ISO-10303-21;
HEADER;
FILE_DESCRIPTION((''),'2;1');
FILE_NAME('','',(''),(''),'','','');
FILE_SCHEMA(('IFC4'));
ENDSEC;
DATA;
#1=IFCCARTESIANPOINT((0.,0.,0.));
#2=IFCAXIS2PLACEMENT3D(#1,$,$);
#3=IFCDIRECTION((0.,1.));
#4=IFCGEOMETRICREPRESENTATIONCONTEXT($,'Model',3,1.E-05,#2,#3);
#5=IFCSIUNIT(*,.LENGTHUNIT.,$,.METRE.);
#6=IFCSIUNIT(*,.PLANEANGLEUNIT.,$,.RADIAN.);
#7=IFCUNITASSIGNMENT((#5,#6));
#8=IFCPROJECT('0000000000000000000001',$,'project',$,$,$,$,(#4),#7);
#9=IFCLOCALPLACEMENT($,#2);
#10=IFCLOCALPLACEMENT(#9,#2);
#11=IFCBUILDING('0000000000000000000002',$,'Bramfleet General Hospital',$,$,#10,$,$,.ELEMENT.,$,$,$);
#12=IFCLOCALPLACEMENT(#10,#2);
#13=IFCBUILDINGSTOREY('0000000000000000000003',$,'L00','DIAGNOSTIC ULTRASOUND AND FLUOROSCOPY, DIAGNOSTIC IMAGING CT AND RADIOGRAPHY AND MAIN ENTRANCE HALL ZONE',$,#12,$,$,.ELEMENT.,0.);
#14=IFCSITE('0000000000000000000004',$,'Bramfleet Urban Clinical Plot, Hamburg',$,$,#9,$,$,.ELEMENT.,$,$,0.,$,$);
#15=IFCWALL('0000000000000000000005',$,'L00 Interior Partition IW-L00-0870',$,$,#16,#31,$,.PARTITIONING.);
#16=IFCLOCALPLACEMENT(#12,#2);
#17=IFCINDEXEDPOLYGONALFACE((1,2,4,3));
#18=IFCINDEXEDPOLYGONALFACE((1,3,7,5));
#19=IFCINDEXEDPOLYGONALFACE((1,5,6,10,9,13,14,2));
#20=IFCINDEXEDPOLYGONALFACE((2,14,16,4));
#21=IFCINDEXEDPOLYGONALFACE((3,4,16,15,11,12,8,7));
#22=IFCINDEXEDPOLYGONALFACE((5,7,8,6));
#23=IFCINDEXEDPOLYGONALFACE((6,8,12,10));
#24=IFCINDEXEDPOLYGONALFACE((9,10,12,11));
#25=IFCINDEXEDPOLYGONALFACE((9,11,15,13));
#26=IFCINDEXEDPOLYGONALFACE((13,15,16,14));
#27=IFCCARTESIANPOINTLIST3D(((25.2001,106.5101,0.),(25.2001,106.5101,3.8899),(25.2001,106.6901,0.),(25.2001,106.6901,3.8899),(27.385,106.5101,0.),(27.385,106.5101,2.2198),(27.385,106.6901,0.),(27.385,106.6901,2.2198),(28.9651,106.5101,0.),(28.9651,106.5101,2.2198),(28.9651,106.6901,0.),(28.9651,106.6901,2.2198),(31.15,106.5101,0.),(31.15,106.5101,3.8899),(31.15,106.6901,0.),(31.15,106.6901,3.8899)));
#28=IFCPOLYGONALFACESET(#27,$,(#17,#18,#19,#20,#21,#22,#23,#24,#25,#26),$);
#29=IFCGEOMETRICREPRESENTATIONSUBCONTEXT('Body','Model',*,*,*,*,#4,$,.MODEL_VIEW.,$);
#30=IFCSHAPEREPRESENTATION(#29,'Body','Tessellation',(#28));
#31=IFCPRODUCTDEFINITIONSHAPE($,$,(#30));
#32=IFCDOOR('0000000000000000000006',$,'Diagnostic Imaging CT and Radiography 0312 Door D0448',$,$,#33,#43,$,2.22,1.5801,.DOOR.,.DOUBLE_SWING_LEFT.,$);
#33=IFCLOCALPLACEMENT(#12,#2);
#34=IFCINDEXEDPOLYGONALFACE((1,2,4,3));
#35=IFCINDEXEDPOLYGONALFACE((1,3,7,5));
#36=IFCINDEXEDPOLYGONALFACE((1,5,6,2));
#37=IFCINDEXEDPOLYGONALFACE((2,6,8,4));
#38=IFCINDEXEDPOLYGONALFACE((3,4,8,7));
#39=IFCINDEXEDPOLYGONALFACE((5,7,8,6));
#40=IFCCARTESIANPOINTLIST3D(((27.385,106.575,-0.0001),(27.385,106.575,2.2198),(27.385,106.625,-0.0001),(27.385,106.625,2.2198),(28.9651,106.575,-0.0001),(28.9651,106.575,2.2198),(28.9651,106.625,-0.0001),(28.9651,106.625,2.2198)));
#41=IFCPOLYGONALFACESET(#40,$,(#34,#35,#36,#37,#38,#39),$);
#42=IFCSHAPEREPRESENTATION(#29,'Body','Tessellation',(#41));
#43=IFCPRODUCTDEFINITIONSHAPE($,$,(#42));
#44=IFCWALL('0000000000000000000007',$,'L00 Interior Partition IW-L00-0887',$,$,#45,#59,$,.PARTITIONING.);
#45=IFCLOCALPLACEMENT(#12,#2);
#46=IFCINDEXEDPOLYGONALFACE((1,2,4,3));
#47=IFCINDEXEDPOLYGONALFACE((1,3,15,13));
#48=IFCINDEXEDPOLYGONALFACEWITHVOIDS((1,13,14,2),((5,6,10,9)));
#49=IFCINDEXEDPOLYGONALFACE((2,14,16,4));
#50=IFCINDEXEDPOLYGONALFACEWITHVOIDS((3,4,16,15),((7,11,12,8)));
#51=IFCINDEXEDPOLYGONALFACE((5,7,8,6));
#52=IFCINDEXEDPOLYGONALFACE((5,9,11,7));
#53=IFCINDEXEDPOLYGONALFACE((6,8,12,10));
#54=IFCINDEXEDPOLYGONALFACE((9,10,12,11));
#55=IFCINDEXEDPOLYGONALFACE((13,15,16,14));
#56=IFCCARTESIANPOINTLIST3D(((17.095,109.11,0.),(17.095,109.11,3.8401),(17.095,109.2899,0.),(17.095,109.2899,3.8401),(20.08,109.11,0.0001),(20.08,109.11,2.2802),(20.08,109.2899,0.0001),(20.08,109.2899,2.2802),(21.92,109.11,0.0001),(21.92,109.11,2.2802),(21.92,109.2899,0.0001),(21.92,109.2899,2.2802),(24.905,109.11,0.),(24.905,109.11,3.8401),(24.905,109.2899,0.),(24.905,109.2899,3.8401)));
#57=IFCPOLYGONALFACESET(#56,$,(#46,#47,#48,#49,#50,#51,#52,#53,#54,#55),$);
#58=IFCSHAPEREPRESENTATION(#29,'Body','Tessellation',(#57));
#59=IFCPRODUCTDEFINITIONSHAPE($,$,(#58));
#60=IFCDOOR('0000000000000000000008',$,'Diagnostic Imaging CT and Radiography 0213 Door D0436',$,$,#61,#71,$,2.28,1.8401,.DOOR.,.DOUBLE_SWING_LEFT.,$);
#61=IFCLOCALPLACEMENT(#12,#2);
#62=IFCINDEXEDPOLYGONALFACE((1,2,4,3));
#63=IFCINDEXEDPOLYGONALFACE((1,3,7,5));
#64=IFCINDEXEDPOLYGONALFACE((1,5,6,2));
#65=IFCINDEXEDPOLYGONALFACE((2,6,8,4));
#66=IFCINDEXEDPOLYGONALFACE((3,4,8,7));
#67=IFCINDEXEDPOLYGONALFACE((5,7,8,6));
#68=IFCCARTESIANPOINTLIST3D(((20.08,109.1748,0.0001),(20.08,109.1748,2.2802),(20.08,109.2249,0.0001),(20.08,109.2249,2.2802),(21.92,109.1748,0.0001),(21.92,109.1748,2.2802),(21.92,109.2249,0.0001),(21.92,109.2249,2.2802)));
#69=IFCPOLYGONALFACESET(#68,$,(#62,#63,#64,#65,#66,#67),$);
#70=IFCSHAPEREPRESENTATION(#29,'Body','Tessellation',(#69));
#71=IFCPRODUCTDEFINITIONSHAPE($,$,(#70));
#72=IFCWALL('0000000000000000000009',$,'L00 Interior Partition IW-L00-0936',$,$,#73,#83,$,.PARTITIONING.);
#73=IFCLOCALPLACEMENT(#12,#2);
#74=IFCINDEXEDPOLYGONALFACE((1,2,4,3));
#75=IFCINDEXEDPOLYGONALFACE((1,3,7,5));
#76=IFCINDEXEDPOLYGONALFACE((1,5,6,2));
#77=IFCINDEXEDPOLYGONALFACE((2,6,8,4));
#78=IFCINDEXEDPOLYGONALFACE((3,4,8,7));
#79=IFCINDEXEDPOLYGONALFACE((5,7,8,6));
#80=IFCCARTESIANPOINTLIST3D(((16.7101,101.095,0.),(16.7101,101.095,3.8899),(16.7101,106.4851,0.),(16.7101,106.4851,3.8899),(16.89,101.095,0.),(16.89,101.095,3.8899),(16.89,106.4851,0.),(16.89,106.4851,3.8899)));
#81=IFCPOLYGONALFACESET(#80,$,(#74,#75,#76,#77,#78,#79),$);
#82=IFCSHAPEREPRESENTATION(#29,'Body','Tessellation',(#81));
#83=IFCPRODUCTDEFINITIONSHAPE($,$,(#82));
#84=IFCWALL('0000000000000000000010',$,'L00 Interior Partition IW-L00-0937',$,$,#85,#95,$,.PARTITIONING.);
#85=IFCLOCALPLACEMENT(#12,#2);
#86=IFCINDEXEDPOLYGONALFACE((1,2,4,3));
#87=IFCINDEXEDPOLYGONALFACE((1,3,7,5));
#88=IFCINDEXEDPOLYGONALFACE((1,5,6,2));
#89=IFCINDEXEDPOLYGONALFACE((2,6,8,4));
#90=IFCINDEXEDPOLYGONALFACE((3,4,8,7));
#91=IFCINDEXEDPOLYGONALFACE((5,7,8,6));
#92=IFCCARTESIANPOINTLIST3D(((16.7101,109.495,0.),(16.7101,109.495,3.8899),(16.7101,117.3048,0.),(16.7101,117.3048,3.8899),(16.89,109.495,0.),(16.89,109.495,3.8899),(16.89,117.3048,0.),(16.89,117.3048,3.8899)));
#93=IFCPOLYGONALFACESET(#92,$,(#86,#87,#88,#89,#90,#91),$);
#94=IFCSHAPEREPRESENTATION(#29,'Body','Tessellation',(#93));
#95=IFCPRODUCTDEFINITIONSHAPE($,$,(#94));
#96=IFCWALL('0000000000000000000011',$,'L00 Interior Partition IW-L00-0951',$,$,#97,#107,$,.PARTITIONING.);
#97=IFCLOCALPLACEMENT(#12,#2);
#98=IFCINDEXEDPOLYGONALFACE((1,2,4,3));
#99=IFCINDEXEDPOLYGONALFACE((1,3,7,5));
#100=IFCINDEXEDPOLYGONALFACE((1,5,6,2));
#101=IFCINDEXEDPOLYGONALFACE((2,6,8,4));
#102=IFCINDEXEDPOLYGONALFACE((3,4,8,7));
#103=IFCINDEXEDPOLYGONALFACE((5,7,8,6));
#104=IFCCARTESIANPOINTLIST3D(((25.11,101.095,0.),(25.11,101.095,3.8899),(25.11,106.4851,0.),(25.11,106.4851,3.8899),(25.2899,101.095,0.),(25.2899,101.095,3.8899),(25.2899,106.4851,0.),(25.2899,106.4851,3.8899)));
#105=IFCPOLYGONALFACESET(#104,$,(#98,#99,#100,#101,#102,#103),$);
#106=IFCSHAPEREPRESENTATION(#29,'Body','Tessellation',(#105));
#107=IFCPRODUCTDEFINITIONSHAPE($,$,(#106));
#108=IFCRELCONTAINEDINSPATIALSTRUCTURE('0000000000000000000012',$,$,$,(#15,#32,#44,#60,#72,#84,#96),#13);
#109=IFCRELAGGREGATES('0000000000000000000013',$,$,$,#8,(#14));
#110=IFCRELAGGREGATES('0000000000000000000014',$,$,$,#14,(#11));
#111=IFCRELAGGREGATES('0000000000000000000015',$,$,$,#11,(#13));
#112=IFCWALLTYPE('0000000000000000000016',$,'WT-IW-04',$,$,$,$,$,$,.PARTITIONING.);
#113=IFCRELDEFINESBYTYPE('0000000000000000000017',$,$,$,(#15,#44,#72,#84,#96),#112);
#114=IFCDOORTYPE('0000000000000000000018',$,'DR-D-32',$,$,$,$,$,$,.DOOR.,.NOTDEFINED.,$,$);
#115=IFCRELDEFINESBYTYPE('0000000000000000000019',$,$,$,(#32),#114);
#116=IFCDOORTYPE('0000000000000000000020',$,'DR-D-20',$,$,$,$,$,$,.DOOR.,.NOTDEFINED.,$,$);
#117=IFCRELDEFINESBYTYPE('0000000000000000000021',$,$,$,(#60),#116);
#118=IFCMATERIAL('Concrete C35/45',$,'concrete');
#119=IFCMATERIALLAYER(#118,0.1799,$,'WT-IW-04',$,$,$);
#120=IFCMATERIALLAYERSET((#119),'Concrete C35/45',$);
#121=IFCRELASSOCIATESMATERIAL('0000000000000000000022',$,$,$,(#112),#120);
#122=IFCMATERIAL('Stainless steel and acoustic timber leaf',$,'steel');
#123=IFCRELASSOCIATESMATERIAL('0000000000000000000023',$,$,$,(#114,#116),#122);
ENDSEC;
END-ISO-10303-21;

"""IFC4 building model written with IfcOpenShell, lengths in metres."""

from ifc_helpers import new_model, si_unit, direction, frame, frame_2d, origin, place, context, subcontext, project, spatial, rectangle, extrude, material, layer, layer_set, type_object, element, fill, save


model = new_model("IFC4")

# Units and contexts
model_context = context("Model", 3, precision=1e-05, world=origin(), true_north=direction((0.0, 1.0)))
body_context = subcontext(model_context, "Body", "Model", "MODEL_VIEW")
ifc_project = project(units=[si_unit("LENGTHUNIT", "METRE"), si_unit("PLANEANGLEUNIT", "RADIAN")], contexts=[model_context])

# Site, building, storey
site_placement = place(None, origin())
site = spatial("IfcSite", under=ifc_project, at=site_placement, Name="Bramfleet Urban Clinical Plot, Hamburg", CompositionType="ELEMENT", RefElevation=0.0)
building_placement = place(site_placement, origin())
building = spatial("IfcBuilding", under=site, at=building_placement, Name="Bramfleet General Hospital", CompositionType="ELEMENT")
storey_placement = place(building_placement, origin())
storey = spatial("IfcBuildingStorey", under=building, at=storey_placement, Name="L00", Description="DIAGNOSTIC ULTRASOUND AND FLUOROSCOPY, DIAGNOSTIC IMAGING CT AND RADIOGRAPHY AND MAIN ENTRANCE HALL ZONE", CompositionType="ELEMENT", Elevation=0.0)

# Shared definitions
ifc_material_1 = material(Name="Concrete C35/45", Category="concrete")

# Shared definitions
ifc_layer_1 = layer(ifc_material_1, 0.1799, Name="WT-IW-04")
ifc_layer_set_1 = layer_set([ifc_layer_1], Name="Concrete C35/45")
wall_type_1 = type_object("IfcWallType", Name="WT-IW-04", PredefinedType="PARTITIONING", material=ifc_layer_set_1)

# Walls, openings, doors
ifc_material_2 = material(Name="Stainless steel and acoustic timber leaf", Category="steel")
wall_1_placement = place(storey_placement, frame((25.2, 106.6001, 0.0), z_axis=(0.0, 0.0, 1.0), x_axis=(1.0, 0.0, 0.0)))
wall_1 = element("IfcWall", 1, at=wall_1_placement, inside=storey, type_object=wall_type_1, Name="L00 Interior Partition IW-L00-0870", PredefinedType="PARTITIONING", context=body_context, shape_type="SweptSolid", body=[
    extrude(rectangle(XDim=5.95, YDim=0.1799, at=frame_2d((2.9751, 0.0))), origin(), (0.0, 0.0, 1.0), 3.8899),
])
opening_1_placement = place(wall_1_placement, frame((2.1851, 0.0, 0.0)))
opening_1 = element("IfcOpeningElement", 2, at=opening_1_placement, cuts=wall_1, PredefinedType="OPENING", context=body_context, shape_type="SweptSolid", body=[
    extrude(rectangle(XDim=1.5801, YDim=2.22, at=frame_2d((0.79, 1.1099))), frame((0.0, 0.0999, 0.0), z_axis=(0.0, -1.0, 0.0), x_axis=(1.0, 0.0, 0.0)), (0.0, 0.0, 1.0), 0.2),
])
door_type_1 = type_object("IfcDoorType", Name="DR-D-32", OperationType="NOTDEFINED", PredefinedType="DOOR", material=ifc_material_2)
door_1_placement = place(opening_1_placement, origin())
door_1 = element("IfcDoor", 3, at=door_1_placement, inside=storey, type_object=door_type_1, Name="Diagnostic Imaging CT and Radiography 0312 Door D0448", OperationType="DOUBLE_SWING_LEFT", OverallHeight=2.22, OverallWidth=1.5801, PredefinedType="DOOR", context=body_context, shape_type="SweptSolid", body=[
    extrude(rectangle(XDim=1.5801, YDim=2.22, at=frame_2d((0.79, 1.1099))), frame((0.0, 0.0249, 0.0), z_axis=(0.0, -1.0, 0.0), x_axis=(1.0, 0.0, 0.0)), (0.0, 0.0, 1.0), 0.05),
])
fill(opening_1, door_1)
wall_2_placement = place(storey_placement, frame((17.095, 109.2, 0.0), z_axis=(0.0, 0.0, 1.0), x_axis=(1.0, 0.0, 0.0)))
wall_2 = element("IfcWall", 4, at=wall_2_placement, inside=storey, type_object=wall_type_1, Name="L00 Interior Partition IW-L00-0887", PredefinedType="PARTITIONING", context=body_context, shape_type="SweptSolid", body=[
    extrude(rectangle(XDim=7.8101, YDim=0.1799, at=frame_2d((3.905, 0.0))), origin(), (0.0, 0.0, 1.0), 3.8401),
])
opening_2_placement = place(wall_2_placement, frame((2.9851, 0.0, 0.0)))
opening_2 = element("IfcOpeningElement", 5, at=opening_2_placement, cuts=wall_2, PredefinedType="OPENING", context=body_context, shape_type="SweptSolid", body=[
    extrude(rectangle(XDim=1.8401, YDim=2.28, at=frame_2d((0.9199, 1.1401))), frame((0.0, 0.0999, 0.0), z_axis=(0.0, -1.0, 0.0), x_axis=(1.0, 0.0, 0.0)), (0.0, 0.0, 1.0), 0.2),
])
door_type_2 = type_object("IfcDoorType", Name="DR-D-20", OperationType="NOTDEFINED", PredefinedType="DOOR", material=ifc_material_2)
door_2_placement = place(opening_2_placement, origin())
door_2 = element("IfcDoor", 6, at=door_2_placement, inside=storey, type_object=door_type_2, Name="Diagnostic Imaging CT and Radiography 0213 Door D0436", OperationType="DOUBLE_SWING_LEFT", OverallHeight=2.28, OverallWidth=1.8401, PredefinedType="DOOR", context=body_context, shape_type="SweptSolid", body=[
    extrude(rectangle(XDim=1.8401, YDim=2.28, at=frame_2d((0.9199, 1.1401))), frame((0.0, 0.0249, 0.0), z_axis=(0.0, -1.0, 0.0), x_axis=(1.0, 0.0, 0.0)), (0.0, 0.0, 1.0), 0.05),
])
fill(opening_2, door_2)

# Walls
wall_3_placement = place(storey_placement, frame((16.8, 101.095, 0.0), z_axis=(0.0, 0.0, 1.0), x_axis=(0.0, 1.0, 0.0)))
element("IfcWall", 7, at=wall_3_placement, inside=storey, type_object=wall_type_1, Name="L00 Interior Partition IW-L00-0936", PredefinedType="PARTITIONING", context=body_context, shape_type="SweptSolid", body=[
    extrude(rectangle(XDim=5.3901, YDim=0.1799, at=frame_2d((2.6951, 0.0))), origin(), (0.0, 0.0, 1.0), 3.8899),
])
wall_4_placement = place(storey_placement, frame((16.8, 109.4951, 0.0), z_axis=(0.0, 0.0, 1.0), x_axis=(0.0, 1.0, 0.0)))
element("IfcWall", 8, at=wall_4_placement, inside=storey, type_object=wall_type_1, Name="L00 Interior Partition IW-L00-0937", PredefinedType="PARTITIONING", context=body_context, shape_type="SweptSolid", body=[
    extrude(rectangle(XDim=7.8098, YDim=0.1799, at=frame_2d((3.9048, 0.0))), origin(), (0.0, 0.0, 1.0), 3.8899),
])
wall_5_placement = place(storey_placement, frame((25.2, 101.095, 0.0), z_axis=(0.0, 0.0, 1.0), x_axis=(0.0, 1.0, 0.0)))
element("IfcWall", 9, at=wall_5_placement, inside=storey, type_object=wall_type_1, Name="L00 Interior Partition IW-L00-0951", PredefinedType="PARTITIONING", context=body_context, shape_type="SweptSolid", body=[
    extrude(rectangle(XDim=5.3901, YDim=0.1799, at=frame_2d((2.6951, 0.0))), origin(), (0.0, 0.0, 1.0), 3.8899),
])

save(model, "model.ifc")
